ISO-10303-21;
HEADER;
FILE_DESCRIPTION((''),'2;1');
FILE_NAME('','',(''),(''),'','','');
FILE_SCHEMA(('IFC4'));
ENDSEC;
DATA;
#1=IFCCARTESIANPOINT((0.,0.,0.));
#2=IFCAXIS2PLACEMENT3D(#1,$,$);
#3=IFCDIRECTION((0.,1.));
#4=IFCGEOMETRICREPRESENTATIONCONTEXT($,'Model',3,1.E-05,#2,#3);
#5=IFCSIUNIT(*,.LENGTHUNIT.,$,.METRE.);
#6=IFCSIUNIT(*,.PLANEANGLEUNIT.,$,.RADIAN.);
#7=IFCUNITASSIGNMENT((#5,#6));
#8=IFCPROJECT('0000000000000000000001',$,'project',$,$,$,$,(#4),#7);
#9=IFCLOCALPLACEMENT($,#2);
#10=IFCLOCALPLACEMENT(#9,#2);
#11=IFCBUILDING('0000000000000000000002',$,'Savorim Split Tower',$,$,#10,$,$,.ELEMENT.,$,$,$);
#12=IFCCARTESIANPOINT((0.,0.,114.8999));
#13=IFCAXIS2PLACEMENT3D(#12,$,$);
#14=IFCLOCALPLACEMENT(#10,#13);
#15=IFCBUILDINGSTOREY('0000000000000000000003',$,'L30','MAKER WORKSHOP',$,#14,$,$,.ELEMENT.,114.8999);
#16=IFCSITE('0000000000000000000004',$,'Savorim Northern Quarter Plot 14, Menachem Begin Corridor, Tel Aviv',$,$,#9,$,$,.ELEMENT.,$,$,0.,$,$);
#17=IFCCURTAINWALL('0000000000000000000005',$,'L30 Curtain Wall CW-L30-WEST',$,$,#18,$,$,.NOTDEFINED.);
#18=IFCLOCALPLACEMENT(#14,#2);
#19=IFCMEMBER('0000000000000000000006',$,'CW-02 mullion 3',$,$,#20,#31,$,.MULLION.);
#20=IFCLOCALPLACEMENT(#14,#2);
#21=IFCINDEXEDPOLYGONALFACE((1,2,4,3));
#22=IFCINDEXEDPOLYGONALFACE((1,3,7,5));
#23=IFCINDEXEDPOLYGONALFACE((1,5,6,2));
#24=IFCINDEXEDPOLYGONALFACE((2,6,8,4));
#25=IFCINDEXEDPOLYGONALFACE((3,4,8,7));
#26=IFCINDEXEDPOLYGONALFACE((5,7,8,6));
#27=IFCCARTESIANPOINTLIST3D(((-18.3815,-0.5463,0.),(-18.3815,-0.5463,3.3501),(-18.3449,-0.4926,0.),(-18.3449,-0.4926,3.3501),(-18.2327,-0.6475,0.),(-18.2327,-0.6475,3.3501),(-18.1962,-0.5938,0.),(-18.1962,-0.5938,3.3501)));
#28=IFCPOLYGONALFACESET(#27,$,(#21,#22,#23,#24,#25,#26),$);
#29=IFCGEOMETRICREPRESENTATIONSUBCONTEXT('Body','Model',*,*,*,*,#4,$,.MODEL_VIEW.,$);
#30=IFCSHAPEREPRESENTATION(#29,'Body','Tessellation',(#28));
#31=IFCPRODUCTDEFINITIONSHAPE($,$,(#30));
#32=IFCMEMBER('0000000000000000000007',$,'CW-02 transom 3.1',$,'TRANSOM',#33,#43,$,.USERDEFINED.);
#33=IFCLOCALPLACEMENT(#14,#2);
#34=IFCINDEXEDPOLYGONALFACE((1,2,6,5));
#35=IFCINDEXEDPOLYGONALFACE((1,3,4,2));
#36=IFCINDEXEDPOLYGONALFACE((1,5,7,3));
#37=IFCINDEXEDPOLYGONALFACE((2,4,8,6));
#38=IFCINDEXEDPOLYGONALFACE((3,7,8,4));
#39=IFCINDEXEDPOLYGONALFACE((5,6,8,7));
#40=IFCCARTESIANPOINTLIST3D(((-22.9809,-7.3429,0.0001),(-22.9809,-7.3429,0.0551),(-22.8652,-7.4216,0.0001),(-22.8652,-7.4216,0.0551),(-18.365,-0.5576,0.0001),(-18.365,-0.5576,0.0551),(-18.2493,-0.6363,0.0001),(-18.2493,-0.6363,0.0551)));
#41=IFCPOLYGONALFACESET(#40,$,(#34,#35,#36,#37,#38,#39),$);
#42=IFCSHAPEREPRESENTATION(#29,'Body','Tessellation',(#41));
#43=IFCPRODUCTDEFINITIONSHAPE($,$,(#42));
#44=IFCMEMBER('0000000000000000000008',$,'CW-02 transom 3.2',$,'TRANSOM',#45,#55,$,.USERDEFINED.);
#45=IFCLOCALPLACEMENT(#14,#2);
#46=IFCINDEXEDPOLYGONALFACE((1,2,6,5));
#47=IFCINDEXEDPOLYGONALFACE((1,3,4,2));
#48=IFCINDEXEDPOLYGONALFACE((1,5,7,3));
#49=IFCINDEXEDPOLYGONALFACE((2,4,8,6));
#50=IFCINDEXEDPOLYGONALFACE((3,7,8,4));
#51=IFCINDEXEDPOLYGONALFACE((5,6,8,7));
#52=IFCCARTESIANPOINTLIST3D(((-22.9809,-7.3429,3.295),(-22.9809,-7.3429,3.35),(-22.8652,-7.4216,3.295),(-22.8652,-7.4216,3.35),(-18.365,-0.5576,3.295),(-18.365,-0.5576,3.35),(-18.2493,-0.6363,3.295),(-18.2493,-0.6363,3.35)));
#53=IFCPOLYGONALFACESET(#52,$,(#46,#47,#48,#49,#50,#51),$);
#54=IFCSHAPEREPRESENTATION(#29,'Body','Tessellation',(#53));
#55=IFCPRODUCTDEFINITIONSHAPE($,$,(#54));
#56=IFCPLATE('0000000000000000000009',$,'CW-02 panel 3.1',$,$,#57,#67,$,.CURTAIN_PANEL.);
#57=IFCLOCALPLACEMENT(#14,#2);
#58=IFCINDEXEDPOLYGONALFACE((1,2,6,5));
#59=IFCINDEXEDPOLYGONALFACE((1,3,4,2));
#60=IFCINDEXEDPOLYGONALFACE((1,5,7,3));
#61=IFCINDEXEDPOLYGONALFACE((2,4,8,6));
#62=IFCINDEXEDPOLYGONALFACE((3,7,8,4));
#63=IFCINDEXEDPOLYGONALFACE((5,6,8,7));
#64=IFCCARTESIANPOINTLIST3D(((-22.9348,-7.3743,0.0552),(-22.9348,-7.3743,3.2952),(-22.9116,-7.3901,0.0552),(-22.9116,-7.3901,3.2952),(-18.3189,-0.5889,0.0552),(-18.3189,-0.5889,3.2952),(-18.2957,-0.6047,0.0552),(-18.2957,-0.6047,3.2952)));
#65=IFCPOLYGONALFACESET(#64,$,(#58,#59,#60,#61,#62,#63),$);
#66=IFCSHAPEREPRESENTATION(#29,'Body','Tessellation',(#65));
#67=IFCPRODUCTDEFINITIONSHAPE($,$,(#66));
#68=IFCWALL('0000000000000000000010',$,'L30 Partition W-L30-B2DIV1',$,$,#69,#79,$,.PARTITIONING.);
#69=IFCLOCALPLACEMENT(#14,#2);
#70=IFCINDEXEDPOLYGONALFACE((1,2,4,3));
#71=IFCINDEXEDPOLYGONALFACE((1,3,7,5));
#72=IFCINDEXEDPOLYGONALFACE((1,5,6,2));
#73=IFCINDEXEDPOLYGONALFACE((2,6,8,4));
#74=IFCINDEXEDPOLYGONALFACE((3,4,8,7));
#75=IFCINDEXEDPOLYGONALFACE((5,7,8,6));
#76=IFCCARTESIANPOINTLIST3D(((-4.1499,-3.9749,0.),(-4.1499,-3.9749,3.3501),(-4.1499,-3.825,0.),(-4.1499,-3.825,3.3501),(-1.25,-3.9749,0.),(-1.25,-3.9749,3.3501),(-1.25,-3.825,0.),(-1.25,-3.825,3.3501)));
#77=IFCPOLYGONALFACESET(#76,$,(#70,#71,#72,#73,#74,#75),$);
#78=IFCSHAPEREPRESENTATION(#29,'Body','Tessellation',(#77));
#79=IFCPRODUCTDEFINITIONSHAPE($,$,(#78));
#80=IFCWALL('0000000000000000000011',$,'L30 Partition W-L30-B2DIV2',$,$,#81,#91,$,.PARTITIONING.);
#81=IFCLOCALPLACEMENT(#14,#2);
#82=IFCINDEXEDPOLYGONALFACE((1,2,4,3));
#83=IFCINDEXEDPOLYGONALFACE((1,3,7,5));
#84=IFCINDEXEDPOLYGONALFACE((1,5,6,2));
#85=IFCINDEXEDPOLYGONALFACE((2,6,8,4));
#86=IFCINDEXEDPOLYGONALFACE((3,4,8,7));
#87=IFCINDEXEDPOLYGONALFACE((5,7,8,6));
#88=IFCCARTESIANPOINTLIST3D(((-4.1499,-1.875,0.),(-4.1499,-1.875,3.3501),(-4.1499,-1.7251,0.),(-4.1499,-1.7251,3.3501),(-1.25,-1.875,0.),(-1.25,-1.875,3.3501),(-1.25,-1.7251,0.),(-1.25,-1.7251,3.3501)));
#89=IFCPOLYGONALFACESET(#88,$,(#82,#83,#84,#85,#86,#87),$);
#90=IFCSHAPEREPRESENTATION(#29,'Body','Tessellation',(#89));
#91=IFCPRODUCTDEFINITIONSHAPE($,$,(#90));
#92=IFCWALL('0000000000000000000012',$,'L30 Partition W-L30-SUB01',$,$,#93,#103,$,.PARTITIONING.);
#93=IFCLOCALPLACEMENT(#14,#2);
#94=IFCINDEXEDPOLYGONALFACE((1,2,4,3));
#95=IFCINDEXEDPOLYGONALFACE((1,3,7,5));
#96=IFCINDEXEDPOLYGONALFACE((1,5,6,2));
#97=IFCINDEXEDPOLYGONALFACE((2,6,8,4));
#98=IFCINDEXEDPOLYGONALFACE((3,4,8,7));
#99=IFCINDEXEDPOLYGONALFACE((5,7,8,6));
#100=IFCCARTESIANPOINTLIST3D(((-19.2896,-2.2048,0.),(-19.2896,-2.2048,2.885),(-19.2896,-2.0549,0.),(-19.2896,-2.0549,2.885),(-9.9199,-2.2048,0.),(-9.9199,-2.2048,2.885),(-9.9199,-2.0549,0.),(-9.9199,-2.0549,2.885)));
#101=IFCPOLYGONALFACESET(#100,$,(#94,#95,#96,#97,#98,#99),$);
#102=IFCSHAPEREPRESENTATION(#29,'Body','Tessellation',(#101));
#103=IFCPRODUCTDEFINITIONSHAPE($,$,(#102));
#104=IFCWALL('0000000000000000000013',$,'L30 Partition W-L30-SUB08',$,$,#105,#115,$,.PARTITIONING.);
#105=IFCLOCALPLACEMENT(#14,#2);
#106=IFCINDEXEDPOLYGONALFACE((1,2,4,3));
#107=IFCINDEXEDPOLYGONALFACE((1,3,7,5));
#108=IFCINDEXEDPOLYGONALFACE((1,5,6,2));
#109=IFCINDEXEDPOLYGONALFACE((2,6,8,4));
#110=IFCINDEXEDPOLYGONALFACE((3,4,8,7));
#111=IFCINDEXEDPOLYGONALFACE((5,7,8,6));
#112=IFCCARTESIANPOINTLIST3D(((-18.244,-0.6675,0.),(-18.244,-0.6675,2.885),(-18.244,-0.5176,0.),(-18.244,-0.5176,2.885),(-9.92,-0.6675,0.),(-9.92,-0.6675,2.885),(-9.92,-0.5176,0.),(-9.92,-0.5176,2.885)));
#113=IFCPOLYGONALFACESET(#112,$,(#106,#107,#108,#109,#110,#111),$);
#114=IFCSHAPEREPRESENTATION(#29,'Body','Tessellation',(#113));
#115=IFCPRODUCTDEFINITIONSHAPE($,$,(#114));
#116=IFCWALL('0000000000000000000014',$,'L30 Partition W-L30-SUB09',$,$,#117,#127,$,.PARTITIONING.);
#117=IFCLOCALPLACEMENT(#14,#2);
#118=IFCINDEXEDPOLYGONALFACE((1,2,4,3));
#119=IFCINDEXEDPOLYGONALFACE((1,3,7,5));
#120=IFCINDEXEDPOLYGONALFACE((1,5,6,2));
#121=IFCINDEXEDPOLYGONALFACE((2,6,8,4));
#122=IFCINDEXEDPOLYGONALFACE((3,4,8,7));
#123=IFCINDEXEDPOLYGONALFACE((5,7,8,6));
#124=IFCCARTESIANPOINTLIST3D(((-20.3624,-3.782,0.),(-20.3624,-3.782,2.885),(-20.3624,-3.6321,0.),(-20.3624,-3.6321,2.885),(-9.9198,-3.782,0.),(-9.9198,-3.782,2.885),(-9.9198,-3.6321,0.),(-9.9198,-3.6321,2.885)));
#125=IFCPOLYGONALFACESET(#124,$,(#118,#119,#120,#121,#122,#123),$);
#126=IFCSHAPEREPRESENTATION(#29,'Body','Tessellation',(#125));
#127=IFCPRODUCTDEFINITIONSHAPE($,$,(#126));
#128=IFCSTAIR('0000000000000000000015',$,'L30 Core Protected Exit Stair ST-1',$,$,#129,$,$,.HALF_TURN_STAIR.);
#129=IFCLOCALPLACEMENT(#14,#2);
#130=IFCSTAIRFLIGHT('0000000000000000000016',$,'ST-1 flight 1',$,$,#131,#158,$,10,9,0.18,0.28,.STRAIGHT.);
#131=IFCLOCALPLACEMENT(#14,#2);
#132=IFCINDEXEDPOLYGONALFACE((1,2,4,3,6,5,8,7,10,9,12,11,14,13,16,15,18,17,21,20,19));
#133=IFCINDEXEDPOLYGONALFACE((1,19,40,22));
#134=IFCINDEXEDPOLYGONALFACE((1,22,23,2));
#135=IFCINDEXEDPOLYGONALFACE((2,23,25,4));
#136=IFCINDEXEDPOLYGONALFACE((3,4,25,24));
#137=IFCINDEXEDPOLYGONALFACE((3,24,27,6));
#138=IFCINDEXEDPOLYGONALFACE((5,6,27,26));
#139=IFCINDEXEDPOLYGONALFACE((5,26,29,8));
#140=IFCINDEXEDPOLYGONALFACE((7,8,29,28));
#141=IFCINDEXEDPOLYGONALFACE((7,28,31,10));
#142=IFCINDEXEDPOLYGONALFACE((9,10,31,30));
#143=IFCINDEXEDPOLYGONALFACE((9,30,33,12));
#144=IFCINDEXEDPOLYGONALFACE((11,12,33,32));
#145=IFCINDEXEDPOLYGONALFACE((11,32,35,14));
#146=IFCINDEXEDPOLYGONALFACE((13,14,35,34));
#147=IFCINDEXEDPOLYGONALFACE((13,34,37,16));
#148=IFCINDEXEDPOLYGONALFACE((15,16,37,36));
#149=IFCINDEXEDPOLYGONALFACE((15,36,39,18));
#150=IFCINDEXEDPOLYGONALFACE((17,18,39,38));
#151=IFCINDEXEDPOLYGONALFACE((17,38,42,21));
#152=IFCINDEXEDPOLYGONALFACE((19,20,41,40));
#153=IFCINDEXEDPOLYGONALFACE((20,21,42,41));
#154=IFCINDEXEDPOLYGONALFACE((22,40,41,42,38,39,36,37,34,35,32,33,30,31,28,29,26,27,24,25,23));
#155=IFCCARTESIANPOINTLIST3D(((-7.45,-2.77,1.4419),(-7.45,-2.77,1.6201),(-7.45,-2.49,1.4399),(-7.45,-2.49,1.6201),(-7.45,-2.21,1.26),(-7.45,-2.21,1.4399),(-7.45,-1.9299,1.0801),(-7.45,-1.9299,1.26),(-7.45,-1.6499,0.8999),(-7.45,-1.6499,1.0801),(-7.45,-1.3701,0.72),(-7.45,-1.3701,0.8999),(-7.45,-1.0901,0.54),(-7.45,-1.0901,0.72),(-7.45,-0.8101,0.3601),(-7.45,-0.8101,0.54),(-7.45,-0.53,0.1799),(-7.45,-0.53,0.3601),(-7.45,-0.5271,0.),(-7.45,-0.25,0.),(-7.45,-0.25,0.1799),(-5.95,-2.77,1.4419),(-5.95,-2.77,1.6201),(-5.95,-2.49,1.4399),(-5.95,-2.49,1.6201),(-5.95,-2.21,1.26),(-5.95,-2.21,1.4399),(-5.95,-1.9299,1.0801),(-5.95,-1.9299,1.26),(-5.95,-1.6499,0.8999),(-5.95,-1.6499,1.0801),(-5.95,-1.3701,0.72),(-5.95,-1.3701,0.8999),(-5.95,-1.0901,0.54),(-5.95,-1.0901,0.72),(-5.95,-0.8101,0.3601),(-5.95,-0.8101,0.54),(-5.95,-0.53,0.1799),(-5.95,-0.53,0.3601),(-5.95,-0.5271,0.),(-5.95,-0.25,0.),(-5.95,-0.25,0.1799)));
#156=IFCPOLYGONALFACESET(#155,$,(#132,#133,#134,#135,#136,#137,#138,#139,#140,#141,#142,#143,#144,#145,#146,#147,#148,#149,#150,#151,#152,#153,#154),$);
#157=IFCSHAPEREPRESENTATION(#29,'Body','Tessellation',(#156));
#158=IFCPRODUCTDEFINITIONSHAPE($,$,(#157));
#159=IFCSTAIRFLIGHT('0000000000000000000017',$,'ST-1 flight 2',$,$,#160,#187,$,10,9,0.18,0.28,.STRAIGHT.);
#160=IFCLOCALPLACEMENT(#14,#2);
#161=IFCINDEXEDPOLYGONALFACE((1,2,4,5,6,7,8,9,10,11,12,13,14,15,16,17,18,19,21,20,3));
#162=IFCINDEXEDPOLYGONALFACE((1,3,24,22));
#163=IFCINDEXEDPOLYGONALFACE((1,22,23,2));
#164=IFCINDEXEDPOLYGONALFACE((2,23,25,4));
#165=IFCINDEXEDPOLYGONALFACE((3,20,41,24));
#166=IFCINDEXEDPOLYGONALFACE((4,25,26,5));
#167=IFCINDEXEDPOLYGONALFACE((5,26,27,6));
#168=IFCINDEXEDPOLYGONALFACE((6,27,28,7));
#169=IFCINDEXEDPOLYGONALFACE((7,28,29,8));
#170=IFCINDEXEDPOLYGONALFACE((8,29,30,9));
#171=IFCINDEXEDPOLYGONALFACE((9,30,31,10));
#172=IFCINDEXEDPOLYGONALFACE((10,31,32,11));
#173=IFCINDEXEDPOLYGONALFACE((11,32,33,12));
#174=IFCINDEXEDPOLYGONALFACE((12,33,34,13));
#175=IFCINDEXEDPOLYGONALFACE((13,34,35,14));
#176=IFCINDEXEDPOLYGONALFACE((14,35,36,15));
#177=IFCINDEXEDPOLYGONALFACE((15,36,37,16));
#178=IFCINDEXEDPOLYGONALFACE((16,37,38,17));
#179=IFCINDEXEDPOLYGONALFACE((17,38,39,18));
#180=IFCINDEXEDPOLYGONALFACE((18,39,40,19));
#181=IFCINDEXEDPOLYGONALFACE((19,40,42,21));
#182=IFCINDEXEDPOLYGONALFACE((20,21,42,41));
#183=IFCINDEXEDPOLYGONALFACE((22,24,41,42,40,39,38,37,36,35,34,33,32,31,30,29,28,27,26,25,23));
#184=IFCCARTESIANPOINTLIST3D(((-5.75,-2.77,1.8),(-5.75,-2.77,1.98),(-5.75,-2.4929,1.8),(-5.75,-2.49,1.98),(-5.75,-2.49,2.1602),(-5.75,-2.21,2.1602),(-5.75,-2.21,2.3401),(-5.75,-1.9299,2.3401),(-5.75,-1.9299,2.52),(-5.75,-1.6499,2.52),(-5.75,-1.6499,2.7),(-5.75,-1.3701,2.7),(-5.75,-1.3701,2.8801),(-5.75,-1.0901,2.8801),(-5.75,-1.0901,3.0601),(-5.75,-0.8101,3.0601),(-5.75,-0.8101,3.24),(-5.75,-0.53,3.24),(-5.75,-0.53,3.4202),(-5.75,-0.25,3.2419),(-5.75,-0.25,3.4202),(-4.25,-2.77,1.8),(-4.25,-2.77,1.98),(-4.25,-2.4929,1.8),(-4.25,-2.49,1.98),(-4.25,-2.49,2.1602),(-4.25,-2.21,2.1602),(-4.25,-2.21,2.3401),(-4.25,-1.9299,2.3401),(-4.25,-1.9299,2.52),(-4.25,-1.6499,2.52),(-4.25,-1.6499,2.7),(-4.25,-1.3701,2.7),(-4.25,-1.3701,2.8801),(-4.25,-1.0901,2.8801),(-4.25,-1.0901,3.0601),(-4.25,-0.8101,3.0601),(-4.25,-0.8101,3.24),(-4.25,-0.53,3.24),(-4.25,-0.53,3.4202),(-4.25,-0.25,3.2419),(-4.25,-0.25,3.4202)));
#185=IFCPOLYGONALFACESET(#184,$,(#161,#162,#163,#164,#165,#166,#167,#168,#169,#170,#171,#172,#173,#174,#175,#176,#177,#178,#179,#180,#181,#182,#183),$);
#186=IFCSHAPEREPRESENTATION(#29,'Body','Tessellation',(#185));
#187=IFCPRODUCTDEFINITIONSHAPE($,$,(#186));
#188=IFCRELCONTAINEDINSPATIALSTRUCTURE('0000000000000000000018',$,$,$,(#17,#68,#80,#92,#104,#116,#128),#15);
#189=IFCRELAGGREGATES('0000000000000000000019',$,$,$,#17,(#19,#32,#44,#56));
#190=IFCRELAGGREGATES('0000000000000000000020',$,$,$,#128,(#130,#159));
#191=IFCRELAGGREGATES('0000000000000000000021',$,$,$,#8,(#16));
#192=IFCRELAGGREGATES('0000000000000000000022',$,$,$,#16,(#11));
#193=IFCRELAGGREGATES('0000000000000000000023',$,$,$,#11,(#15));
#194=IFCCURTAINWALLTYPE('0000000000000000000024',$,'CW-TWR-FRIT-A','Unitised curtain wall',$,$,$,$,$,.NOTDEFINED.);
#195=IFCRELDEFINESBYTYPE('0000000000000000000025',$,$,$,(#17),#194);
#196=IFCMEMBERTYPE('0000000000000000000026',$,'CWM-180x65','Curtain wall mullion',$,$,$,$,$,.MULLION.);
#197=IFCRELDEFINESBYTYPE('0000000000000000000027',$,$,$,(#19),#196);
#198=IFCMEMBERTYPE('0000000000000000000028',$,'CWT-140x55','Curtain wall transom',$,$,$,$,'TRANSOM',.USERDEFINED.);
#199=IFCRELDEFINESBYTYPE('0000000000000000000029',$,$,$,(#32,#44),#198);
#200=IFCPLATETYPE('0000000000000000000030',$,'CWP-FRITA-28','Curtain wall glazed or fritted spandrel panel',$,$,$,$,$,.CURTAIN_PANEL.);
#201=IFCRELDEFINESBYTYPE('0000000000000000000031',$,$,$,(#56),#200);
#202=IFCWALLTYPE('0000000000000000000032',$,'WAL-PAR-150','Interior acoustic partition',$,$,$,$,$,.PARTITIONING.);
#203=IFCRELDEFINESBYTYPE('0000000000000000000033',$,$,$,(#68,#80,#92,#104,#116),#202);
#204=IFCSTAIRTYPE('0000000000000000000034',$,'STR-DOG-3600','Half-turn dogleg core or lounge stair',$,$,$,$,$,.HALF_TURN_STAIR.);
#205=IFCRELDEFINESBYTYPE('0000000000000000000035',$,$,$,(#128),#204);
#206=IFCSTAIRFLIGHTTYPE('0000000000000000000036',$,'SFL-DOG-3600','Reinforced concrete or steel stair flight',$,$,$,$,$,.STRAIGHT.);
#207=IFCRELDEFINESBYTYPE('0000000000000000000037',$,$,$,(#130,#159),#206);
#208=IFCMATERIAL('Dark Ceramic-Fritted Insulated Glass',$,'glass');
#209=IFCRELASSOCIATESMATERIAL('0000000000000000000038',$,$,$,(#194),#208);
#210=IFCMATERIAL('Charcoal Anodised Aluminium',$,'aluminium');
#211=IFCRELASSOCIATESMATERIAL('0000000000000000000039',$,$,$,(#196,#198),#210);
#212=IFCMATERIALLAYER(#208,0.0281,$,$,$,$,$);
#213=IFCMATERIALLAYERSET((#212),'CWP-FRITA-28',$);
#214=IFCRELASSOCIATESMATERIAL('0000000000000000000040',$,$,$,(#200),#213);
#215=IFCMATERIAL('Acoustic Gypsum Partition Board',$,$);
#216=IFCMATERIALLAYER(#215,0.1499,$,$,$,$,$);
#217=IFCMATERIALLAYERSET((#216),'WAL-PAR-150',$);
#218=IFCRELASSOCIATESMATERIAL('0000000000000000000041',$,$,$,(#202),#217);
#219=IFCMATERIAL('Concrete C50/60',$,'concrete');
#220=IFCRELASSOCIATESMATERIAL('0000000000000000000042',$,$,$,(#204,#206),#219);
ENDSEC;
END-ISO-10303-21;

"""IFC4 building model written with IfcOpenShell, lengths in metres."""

from ifc_helpers import new_model, si_unit, direction, frame, frame_2d, origin, origin_2d, place, context, subcontext, project, spatial, polyline, rectangle, outline, extrude, material, layer, layer_set, material_profile, profile_set, type_object, element, aggregate, save


model = new_model("IFC4")

# Units and contexts
model_context = context("Model", 3, precision=1e-05, world=origin(), true_north=direction((0.0, 1.0)))
body_context = subcontext(model_context, "Body", "Model", "MODEL_VIEW")
ifc_project = project(units=[si_unit("LENGTHUNIT", "METRE"), si_unit("PLANEANGLEUNIT", "RADIAN")], contexts=[model_context])

# Site, building, storey
site_placement = place(None, origin())
site = spatial("IfcSite", under=ifc_project, at=site_placement, Name="Savorim Northern Quarter Plot 14, Menachem Begin Corridor, Tel Aviv", CompositionType="ELEMENT", RefElevation=0.0)
building_placement = place(site_placement, origin())
building = spatial("IfcBuilding", under=site, at=building_placement, Name="Savorim Split Tower", CompositionType="ELEMENT")
storey_placement = place(building_placement, frame((0.0, 0.0, 114.8999)))
storey = spatial("IfcBuildingStorey", under=building, at=storey_placement, Name="L30", Description="MAKER WORKSHOP", CompositionType="ELEMENT", Elevation=114.8999)

# Curtain wall, members, plate
ifc_material_1 = material(Name="Dark Ceramic-Fritted Insulated Glass", Category="glass")
curtain_wall_type = type_object("IfcCurtainWallType", Name="CW-TWR-FRIT-A", Description="Unitised curtain wall", PredefinedType="NOTDEFINED", material=ifc_material_1)
curtain_wall_placement = place(storey_placement, origin())
curtain_wall = element("IfcCurtainWall", 1, at=curtain_wall_placement, inside=storey, type_object=curtain_wall_type, Name="L30 Curtain Wall CW-L30-WEST", PredefinedType="NOTDEFINED")
ifc_material_2 = material(Name="Charcoal Anodised Aluminium", Category="aluminium")
ifc_material_profile_1 = material_profile(ifc_material_2, rectangle(XDim=0.1799, YDim=0.0649, at=origin_2d()), Name="ALU-M 180x65")
ifc_profile_set_1 = profile_set([ifc_material_profile_1], Name="Charcoal Anodised Aluminium")
member_type_1 = type_object("IfcMemberType", Name="CWM-180x65", Description="Curtain wall mullion", PredefinedType="MULLION", material=ifc_profile_set_1)
member_1_placement = place(storey_placement, frame((-18.2888, -0.5701, 0.0), z_axis=(0.0, 0.0, 1.0), x_axis=(0.82682, -0.562467, 0.0)))
member_1 = element("IfcMember", 2, at=member_1_placement, type_object=member_type_1, Name="CW-02 mullion 3", PredefinedType="MULLION", context=body_context, shape_type="SweptSolid", body=[
    extrude(rectangle(XDim=0.1799, YDim=0.0649, at=origin_2d()), origin(), (0.0, 0.0, 1.0), 3.3501),
])
ifc_material_profile_2 = material_profile(ifc_material_2, rectangle(XDim=0.1399, YDim=0.0549, at=origin_2d()), Name="ALU-T 140x55")
ifc_profile_set_2 = profile_set([ifc_material_profile_2], Name="Charcoal Anodised Aluminium")
member_type_2 = type_object("IfcMemberType", Name="CWT-140x55", Description="Curtain wall transom", ElementType="TRANSOM", PredefinedType="USERDEFINED", material=ifc_profile_set_2)
member_2_placement = place(storey_placement, frame((-18.3071, -0.5969, 0.0276), z_axis=(-0.562468, -0.826819, 0.0), x_axis=(0.826819, -0.562468, 0.0)))
member_2 = element("IfcMember", 3, at=member_2_placement, type_object=member_type_2, Name="CW-02 transom 3.1", ObjectType="TRANSOM", PredefinedType="USERDEFINED", context=body_context, shape_type="SweptSolid", body=[
    extrude(rectangle(XDim=0.1399, YDim=0.0549, at=origin_2d()), origin(), (0.0, 0.0, 1.0), 8.2065),
])
member_3_placement = place(storey_placement, frame((-18.3071, -0.5969, 3.3225), z_axis=(-0.562468, -0.826819, 0.0), x_axis=(0.826819, -0.562468, 0.0)))
member_3 = element("IfcMember", 4, at=member_3_placement, type_object=member_type_2, Name="CW-02 transom 3.2", ObjectType="TRANSOM", PredefinedType="USERDEFINED", context=body_context, shape_type="SweptSolid", body=[
    extrude(rectangle(XDim=0.1399, YDim=0.0549, at=origin_2d()), origin(), (0.0, 0.0, 1.0), 8.2065),
])
ifc_layer_1 = layer(ifc_material_1, 0.0281)
ifc_layer_set_1 = layer_set([ifc_layer_1], Name="CWP-FRITA-28")
plate_type = type_object("IfcPlateType", Name="CWP-FRITA-28", Description="Curtain wall glazed or fritted spandrel panel", PredefinedType="CURTAIN_PANEL", material=ifc_layer_set_1)
plate_placement = place(storey_placement, frame((-20.6152, -3.9895, 0.0552), z_axis=(0.0, 0.0, 1.0), x_axis=(-0.562467, -0.82682, 0.0)))
plate = element("IfcPlate", 5, at=plate_placement, type_object=plate_type, Name="CW-02 panel 3.1", PredefinedType="CURTAIN_PANEL", context=body_context, shape_type="SweptSolid", body=[
    extrude(rectangle(XDim=8.2065, YDim=0.0281, at=origin_2d()), origin(), (0.0, 0.0, 1.0), 3.24),
])
aggregate(curtain_wall, [member_1, member_2, member_3, plate])

# Walls
ifc_material_3 = material(Name="Acoustic Gypsum Partition Board")
ifc_layer_2 = layer(ifc_material_3, 0.1499)
ifc_layer_set_2 = layer_set([ifc_layer_2], Name="WAL-PAR-150")
wall_type = type_object("IfcWallType", Name="WAL-PAR-150", Description="Interior acoustic partition", PredefinedType="PARTITIONING", material=ifc_layer_set_2)
for number, where, z_axis, x_axis, name in (
    (6, (-4.1499, -3.8999, 0.0), (0.0, 0.0, 1.0), (1.0, 0.0, 0.0), "L30 Partition W-L30-B2DIV1"),
    (7, (-4.1499, -1.8, 0.0), (0.0, 0.0, 1.0), (1.0, 0.0, 0.0), "L30 Partition W-L30-B2DIV2"),
):
    element("IfcWall", number, at=place(storey_placement, frame(where, z_axis=z_axis, x_axis=x_axis)), inside=storey, type_object=wall_type, Name=name, PredefinedType="PARTITIONING", context=body_context, shape_type="SweptSolid", body=[
        extrude(rectangle(XDim=2.8999, YDim=0.1499, at=frame_2d((1.45, 0.0))), origin(), (0.0, 0.0, 1.0), 3.3501),
    ])
wall_1_placement = place(storey_placement, frame((-9.9199, -2.1299, 0.0), z_axis=(0.0, 0.0, 1.0), x_axis=(-1.0, 0.0, 0.0)))
element("IfcWall", 8, at=wall_1_placement, inside=storey, type_object=wall_type, Name="L30 Partition W-L30-SUB01", PredefinedType="PARTITIONING", context=body_context, shape_type="SweptSolid", body=[
    extrude(rectangle(XDim=9.3696, YDim=0.1499, at=frame_2d((4.6848, 0.0))), origin(), (0.0, 0.0, 1.0), 2.885),
])
wall_2_placement = place(storey_placement, frame((-9.9199, -0.5925, 0.0), z_axis=(0.0, 0.0, 1.0), x_axis=(-1.0, 0.0, 0.0)))
element("IfcWall", 9, at=wall_2_placement, inside=storey, type_object=wall_type, Name="L30 Partition W-L30-SUB08", PredefinedType="PARTITIONING", context=body_context, shape_type="SweptSolid", body=[
    extrude(rectangle(XDim=8.324, YDim=0.1499, at=frame_2d((4.1621, 0.0))), origin(), (0.0, 0.0, 1.0), 2.885),
])
wall_3_placement = place(storey_placement, frame((-9.9199, -3.707, 0.0), z_axis=(0.0, 0.0, 1.0), x_axis=(-1.0, 0.0, 0.0)))
element("IfcWall", 10, at=wall_3_placement, inside=storey, type_object=wall_type, Name="L30 Partition W-L30-SUB09", PredefinedType="PARTITIONING", context=body_context, shape_type="SweptSolid", body=[
    extrude(rectangle(XDim=10.4426, YDim=0.1499, at=frame_2d((5.2212, 0.0))), origin(), (0.0, 0.0, 1.0), 2.885),
])

# Stair, stair flights
ifc_material_4 = material(Name="Concrete C50/60", Category="concrete")
stair_type = type_object("IfcStairType", Name="STR-DOG-3600", Description="Half-turn dogleg core or lounge stair", PredefinedType="HALF_TURN_STAIR", material=ifc_material_4)
stair_placement = place(storey_placement, origin())
stair = element("IfcStair", 11, at=stair_placement, inside=storey, type_object=stair_type, Name="L30 Core Protected Exit Stair ST-1", PredefinedType="HALF_TURN_STAIR")
stair_flight_type = type_object("IfcStairFlightType", Name="SFL-DOG-3600", Description="Reinforced concrete or steel stair flight", PredefinedType="STRAIGHT", material=ifc_material_4)
stair_flight_1_placement = place(storey_placement, frame((-6.7, -0.25, 0.0), z_axis=(0.0, 0.0, 1.0), x_axis=(0.0, -1.0, 0.0)))
stair_flight_1 = element("IfcStairFlight", 12, at=stair_flight_1_placement, type_object=stair_flight_type, Name="ST-1 flight 1", NumberOfRisers=10, NumberOfTreads=9, PredefinedType="STRAIGHT", RiserHeight=0.18, TreadLength=0.28, context=body_context, shape_type="SweptSolid", body=[
    extrude(outline(polyline([(0.0, 0.0), (0.0, 0.1799), (0.28, 0.1799), (0.28, 0.3601), (0.5601, 0.3601), (0.5601, 0.54), (0.8401, 0.54), (0.8401, 0.72), (1.1201, 0.72), (1.1201, 0.8999), (1.3999, 0.8999), (1.3999, 1.0801), (1.6799, 1.0801), (1.6799, 1.26), (1.96, 1.26), (1.96, 1.4399), (2.24, 1.4399), (2.24, 1.6201), (2.52, 1.6201), (2.52, 1.8), (2.52, 1.4419), (0.2771, 0.0), (0.0, 0.0)])), frame((0.0, 0.75, 0.0), z_axis=(0.0, -1.0, 0.0), x_axis=(1.0, 0.0, 0.0)), (0.0, 0.0, 1.0), 1.5),
])
stair_flight_2_placement = place(storey_placement, frame((-5.0, -2.77, 1.8), z_axis=(0.0, 0.0, 1.0), x_axis=(0.0, 1.0, 0.0)))
stair_flight_2 = element("IfcStairFlight", 13, at=stair_flight_2_placement, type_object=stair_flight_type, Name="ST-1 flight 2", NumberOfRisers=10, NumberOfTreads=9, PredefinedType="STRAIGHT", RiserHeight=0.18, TreadLength=0.28, context=body_context, shape_type="SweptSolid", body=[
    extrude(outline(polyline([(0.0, 0.0), (0.0, 0.1799), (0.28, 0.1799), (0.28, 0.3601), (0.5601, 0.3601), (0.5601, 0.54), (0.8401, 0.54), (0.8401, 0.72), (1.1201, 0.72), (1.1201, 0.8999), (1.3999, 0.8999), (1.3999, 1.0801), (1.6799, 1.0801), (1.6799, 1.26), (1.96, 1.26), (1.96, 1.4399), (2.24, 1.4399), (2.24, 1.6201), (2.52, 1.6201), (2.52, 1.8), (2.52, 1.4419), (0.2771, 0.0), (0.0, 0.0)])), frame((0.0, 0.75, 0.0), z_axis=(0.0, -1.0, 0.0), x_axis=(1.0, 0.0, 0.0)), (0.0, 0.0, 1.0), 1.5),
])
aggregate(stair, [stair_flight_1, stair_flight_2])

save(model, "model.ifc")
